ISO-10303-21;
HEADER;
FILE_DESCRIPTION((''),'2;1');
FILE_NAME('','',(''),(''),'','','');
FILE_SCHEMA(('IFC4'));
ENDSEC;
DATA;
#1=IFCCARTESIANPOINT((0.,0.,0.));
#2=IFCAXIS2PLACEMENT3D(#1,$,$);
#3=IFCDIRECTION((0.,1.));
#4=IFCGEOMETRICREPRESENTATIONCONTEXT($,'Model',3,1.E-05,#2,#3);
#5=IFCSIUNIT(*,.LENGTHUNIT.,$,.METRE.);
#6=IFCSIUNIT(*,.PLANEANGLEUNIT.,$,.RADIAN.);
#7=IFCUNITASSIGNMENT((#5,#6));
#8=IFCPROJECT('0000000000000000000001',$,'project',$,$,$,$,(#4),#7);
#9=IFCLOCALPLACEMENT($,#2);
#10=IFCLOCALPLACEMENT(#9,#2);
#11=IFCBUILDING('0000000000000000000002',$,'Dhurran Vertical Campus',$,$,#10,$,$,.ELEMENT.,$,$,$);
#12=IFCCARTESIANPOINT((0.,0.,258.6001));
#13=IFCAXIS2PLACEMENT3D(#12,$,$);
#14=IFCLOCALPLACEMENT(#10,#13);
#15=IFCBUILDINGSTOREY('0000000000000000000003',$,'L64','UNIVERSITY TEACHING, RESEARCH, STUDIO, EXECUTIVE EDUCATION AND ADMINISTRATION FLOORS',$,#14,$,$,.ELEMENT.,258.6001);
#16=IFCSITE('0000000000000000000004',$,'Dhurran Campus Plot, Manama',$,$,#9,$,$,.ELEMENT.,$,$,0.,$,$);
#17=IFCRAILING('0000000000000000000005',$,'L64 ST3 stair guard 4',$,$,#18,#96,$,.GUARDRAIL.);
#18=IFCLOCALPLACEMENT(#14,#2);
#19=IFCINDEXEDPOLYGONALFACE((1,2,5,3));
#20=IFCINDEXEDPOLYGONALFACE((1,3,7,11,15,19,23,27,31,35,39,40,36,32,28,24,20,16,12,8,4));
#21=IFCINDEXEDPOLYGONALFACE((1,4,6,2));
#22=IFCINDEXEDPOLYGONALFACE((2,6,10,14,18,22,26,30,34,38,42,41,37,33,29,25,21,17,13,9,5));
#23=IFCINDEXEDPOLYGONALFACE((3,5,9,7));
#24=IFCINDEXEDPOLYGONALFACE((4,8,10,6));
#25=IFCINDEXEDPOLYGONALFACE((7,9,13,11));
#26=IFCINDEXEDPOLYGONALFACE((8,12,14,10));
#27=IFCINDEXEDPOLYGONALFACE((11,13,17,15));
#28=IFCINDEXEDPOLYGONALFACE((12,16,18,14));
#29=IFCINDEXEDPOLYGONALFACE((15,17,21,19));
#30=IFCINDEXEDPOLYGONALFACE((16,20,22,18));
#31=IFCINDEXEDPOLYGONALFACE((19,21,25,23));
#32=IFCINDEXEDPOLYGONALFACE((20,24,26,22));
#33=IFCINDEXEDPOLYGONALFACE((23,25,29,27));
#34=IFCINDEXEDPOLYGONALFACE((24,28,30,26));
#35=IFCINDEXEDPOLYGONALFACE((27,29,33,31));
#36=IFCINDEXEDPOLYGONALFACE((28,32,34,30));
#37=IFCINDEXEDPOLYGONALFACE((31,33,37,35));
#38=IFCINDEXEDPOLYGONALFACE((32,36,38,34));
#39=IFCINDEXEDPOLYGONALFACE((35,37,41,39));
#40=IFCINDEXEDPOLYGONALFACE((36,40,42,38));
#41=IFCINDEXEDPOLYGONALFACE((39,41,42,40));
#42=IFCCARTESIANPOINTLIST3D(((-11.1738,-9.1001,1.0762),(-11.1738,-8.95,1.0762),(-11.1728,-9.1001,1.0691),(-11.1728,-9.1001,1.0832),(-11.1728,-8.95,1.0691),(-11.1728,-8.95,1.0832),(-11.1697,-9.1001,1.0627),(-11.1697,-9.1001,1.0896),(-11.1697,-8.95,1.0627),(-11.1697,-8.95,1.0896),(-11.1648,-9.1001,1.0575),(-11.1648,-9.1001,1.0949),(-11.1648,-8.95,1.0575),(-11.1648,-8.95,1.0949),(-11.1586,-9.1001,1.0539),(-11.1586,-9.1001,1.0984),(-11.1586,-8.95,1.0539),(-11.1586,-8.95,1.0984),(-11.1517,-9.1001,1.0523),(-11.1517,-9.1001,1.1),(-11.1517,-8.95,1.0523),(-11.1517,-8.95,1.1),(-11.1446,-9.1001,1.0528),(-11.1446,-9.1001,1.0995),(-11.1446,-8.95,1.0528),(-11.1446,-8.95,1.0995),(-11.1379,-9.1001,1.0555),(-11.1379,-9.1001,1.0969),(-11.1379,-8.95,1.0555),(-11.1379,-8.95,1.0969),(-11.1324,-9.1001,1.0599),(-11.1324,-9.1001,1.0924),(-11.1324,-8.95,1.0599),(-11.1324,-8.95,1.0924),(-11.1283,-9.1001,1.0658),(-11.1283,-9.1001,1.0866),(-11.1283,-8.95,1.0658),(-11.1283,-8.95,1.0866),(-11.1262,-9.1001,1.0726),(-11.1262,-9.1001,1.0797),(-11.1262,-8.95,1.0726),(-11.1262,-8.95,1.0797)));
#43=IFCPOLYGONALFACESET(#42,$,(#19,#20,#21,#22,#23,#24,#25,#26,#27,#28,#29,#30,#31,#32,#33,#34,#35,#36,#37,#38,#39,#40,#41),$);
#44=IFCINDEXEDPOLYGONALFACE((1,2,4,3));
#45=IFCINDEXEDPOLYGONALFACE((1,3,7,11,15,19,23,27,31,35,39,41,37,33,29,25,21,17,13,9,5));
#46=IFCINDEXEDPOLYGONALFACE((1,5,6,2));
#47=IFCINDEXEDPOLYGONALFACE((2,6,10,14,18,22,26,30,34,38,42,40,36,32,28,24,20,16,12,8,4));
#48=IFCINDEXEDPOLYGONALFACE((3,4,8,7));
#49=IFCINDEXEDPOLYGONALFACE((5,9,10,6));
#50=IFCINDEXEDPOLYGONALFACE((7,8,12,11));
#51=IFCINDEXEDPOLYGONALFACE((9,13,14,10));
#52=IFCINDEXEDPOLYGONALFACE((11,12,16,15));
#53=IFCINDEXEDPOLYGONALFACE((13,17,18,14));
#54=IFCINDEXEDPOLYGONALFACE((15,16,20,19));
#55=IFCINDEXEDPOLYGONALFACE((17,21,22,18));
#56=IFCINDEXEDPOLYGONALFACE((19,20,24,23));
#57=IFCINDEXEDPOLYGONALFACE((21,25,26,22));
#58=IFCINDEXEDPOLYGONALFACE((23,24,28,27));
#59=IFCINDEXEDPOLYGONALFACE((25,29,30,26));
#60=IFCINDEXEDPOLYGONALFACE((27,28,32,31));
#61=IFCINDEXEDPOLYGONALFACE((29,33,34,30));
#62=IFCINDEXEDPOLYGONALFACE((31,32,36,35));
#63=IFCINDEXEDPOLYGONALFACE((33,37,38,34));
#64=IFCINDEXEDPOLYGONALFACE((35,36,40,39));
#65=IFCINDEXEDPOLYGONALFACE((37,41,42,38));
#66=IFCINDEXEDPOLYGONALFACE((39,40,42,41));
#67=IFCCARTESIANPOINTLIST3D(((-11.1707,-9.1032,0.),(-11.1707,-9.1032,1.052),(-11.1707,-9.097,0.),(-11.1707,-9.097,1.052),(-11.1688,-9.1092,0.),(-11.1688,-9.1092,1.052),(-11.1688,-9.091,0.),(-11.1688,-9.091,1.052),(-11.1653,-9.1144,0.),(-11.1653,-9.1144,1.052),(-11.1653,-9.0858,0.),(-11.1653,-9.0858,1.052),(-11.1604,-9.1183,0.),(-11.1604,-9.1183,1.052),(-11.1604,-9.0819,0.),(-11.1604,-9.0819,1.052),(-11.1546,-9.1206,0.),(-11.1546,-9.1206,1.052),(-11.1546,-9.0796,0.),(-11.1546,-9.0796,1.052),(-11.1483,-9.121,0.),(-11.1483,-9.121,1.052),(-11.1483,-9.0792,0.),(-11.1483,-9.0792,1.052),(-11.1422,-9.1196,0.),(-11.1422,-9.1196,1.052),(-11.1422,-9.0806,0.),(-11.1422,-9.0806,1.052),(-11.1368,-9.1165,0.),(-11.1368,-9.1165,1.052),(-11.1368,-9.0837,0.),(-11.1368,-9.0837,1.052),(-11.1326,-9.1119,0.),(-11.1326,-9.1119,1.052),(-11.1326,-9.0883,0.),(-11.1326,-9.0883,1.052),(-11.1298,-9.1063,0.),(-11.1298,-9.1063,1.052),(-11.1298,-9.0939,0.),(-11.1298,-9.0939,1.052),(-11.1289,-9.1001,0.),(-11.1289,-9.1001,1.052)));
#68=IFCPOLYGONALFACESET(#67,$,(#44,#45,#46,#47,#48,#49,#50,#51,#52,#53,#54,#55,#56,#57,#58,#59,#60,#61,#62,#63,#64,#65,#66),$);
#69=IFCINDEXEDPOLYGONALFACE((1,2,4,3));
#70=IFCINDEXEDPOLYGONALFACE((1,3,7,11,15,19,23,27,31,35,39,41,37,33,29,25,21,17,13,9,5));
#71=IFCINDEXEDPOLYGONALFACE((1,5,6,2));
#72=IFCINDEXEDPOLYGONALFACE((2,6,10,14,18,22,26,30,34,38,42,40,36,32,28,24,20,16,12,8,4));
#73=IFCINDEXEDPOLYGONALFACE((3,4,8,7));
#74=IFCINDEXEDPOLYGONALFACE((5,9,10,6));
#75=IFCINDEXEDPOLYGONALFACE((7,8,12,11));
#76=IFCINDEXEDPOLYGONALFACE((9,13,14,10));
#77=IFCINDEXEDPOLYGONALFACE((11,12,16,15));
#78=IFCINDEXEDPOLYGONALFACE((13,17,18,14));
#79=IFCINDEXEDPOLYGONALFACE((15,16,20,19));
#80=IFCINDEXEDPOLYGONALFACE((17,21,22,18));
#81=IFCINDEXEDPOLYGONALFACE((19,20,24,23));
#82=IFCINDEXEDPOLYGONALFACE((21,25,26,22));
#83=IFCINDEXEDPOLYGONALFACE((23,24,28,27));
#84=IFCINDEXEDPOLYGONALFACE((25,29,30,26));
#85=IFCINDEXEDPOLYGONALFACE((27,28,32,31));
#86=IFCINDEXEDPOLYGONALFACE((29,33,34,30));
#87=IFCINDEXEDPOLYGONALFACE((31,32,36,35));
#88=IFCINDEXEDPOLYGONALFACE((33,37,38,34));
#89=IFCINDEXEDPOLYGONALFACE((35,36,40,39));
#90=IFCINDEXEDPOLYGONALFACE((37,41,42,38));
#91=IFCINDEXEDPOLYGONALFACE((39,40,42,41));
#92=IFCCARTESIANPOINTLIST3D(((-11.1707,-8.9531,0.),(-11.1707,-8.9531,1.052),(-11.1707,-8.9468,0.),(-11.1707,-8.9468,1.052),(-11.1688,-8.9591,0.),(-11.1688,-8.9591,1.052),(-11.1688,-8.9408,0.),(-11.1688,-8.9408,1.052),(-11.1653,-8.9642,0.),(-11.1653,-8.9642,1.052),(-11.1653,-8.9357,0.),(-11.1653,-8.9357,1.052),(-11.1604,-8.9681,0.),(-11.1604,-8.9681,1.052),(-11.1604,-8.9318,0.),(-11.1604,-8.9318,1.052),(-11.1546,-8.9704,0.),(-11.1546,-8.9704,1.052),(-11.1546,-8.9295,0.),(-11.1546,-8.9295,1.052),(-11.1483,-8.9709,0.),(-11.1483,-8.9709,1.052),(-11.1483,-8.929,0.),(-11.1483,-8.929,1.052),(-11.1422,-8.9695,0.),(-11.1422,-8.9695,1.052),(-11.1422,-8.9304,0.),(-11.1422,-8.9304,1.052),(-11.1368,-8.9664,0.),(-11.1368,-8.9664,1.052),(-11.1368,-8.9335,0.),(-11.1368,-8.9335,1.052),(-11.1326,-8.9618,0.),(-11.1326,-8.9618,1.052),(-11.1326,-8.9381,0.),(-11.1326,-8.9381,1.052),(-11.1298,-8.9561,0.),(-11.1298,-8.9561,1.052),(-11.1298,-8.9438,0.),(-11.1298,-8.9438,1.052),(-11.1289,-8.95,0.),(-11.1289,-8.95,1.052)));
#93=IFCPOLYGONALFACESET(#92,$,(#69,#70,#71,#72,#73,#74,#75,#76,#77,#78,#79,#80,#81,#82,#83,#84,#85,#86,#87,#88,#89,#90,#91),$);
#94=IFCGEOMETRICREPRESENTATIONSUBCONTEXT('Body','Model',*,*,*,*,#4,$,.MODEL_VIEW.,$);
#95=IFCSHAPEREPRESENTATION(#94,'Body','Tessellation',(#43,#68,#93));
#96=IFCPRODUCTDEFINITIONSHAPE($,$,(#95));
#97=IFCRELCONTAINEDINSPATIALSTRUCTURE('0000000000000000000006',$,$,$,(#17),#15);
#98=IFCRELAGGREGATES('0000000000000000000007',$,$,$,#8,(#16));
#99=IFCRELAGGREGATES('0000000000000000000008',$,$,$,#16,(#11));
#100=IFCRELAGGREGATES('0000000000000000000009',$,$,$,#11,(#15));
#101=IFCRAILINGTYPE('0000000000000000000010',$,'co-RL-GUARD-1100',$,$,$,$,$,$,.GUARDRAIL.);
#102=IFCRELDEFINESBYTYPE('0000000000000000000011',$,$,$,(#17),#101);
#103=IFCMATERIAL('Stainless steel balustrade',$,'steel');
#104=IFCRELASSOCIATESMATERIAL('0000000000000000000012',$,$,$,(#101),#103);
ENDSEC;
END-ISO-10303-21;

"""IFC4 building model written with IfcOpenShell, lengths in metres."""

from ifc_helpers import new_model, si_unit, direction, frame, origin, origin_2d, place, context, subcontext, project, spatial, circle, extrude, material, type_object, element, save


model = new_model("IFC4")

# Units and contexts
model_context = context("Model", 3, precision=1e-05, world=origin(), true_north=direction((0.0, 1.0)))
body_context = subcontext(model_context, "Body", "Model", "MODEL_VIEW")
ifc_project = project(units=[si_unit("LENGTHUNIT", "METRE"), si_unit("PLANEANGLEUNIT", "RADIAN")], contexts=[model_context])

# Site, building, storey
site_placement = place(None, origin())
site = spatial("IfcSite", under=ifc_project, at=site_placement, Name="Dhurran Campus Plot, Manama", CompositionType="ELEMENT", RefElevation=0.0)
building_placement = place(site_placement, origin())
building = spatial("IfcBuilding", under=site, at=building_placement, Name="Dhurran Vertical Campus", CompositionType="ELEMENT")
storey_placement = place(building_placement, frame((0.0, 0.0, 258.6001)))
storey = spatial("IfcBuildingStorey", under=building, at=storey_placement, Name="L64", Description="UNIVERSITY TEACHING, RESEARCH, STUDIO, EXECUTIVE EDUCATION AND ADMINISTRATION FLOORS", CompositionType="ELEMENT", Elevation=258.6001)

# Railing
ifc_material_1 = material(Name="Stainless steel balustrade", Category="steel")
railing_type_1 = type_object("IfcRailingType", Name="co-RL-GUARD-1100", PredefinedType="GUARDRAIL", material=ifc_material_1)
railing_1_placement = place(storey_placement, frame((-11.1499, -9.1001, 0.0)))
element("IfcRailing", 1, at=railing_1_placement, inside=storey, type_object=railing_type_1, Name="L64 ST3 stair guard 4", PredefinedType="GUARDRAIL", context=body_context, shape_type="SweptSolid", body=[
    extrude(circle(Radius=0.0239, at=origin_2d()), frame((0.0, 0.0, 1.0762), z_axis=(0.0, 1.0, 0.0), x_axis=(-1.0, 0.0, 0.0)), (0.0, 0.0, 1.0), 0.1501),
    extrude(circle(Radius=0.021, at=origin_2d()), origin(), (0.0, 0.0, 1.0), 1.052),
    extrude(circle(Radius=0.021, at=origin_2d()), frame((0.0, 0.1501, 0.0)), (0.0, 0.0, 1.0), 1.052),
])

save(model, "model.ifc")
